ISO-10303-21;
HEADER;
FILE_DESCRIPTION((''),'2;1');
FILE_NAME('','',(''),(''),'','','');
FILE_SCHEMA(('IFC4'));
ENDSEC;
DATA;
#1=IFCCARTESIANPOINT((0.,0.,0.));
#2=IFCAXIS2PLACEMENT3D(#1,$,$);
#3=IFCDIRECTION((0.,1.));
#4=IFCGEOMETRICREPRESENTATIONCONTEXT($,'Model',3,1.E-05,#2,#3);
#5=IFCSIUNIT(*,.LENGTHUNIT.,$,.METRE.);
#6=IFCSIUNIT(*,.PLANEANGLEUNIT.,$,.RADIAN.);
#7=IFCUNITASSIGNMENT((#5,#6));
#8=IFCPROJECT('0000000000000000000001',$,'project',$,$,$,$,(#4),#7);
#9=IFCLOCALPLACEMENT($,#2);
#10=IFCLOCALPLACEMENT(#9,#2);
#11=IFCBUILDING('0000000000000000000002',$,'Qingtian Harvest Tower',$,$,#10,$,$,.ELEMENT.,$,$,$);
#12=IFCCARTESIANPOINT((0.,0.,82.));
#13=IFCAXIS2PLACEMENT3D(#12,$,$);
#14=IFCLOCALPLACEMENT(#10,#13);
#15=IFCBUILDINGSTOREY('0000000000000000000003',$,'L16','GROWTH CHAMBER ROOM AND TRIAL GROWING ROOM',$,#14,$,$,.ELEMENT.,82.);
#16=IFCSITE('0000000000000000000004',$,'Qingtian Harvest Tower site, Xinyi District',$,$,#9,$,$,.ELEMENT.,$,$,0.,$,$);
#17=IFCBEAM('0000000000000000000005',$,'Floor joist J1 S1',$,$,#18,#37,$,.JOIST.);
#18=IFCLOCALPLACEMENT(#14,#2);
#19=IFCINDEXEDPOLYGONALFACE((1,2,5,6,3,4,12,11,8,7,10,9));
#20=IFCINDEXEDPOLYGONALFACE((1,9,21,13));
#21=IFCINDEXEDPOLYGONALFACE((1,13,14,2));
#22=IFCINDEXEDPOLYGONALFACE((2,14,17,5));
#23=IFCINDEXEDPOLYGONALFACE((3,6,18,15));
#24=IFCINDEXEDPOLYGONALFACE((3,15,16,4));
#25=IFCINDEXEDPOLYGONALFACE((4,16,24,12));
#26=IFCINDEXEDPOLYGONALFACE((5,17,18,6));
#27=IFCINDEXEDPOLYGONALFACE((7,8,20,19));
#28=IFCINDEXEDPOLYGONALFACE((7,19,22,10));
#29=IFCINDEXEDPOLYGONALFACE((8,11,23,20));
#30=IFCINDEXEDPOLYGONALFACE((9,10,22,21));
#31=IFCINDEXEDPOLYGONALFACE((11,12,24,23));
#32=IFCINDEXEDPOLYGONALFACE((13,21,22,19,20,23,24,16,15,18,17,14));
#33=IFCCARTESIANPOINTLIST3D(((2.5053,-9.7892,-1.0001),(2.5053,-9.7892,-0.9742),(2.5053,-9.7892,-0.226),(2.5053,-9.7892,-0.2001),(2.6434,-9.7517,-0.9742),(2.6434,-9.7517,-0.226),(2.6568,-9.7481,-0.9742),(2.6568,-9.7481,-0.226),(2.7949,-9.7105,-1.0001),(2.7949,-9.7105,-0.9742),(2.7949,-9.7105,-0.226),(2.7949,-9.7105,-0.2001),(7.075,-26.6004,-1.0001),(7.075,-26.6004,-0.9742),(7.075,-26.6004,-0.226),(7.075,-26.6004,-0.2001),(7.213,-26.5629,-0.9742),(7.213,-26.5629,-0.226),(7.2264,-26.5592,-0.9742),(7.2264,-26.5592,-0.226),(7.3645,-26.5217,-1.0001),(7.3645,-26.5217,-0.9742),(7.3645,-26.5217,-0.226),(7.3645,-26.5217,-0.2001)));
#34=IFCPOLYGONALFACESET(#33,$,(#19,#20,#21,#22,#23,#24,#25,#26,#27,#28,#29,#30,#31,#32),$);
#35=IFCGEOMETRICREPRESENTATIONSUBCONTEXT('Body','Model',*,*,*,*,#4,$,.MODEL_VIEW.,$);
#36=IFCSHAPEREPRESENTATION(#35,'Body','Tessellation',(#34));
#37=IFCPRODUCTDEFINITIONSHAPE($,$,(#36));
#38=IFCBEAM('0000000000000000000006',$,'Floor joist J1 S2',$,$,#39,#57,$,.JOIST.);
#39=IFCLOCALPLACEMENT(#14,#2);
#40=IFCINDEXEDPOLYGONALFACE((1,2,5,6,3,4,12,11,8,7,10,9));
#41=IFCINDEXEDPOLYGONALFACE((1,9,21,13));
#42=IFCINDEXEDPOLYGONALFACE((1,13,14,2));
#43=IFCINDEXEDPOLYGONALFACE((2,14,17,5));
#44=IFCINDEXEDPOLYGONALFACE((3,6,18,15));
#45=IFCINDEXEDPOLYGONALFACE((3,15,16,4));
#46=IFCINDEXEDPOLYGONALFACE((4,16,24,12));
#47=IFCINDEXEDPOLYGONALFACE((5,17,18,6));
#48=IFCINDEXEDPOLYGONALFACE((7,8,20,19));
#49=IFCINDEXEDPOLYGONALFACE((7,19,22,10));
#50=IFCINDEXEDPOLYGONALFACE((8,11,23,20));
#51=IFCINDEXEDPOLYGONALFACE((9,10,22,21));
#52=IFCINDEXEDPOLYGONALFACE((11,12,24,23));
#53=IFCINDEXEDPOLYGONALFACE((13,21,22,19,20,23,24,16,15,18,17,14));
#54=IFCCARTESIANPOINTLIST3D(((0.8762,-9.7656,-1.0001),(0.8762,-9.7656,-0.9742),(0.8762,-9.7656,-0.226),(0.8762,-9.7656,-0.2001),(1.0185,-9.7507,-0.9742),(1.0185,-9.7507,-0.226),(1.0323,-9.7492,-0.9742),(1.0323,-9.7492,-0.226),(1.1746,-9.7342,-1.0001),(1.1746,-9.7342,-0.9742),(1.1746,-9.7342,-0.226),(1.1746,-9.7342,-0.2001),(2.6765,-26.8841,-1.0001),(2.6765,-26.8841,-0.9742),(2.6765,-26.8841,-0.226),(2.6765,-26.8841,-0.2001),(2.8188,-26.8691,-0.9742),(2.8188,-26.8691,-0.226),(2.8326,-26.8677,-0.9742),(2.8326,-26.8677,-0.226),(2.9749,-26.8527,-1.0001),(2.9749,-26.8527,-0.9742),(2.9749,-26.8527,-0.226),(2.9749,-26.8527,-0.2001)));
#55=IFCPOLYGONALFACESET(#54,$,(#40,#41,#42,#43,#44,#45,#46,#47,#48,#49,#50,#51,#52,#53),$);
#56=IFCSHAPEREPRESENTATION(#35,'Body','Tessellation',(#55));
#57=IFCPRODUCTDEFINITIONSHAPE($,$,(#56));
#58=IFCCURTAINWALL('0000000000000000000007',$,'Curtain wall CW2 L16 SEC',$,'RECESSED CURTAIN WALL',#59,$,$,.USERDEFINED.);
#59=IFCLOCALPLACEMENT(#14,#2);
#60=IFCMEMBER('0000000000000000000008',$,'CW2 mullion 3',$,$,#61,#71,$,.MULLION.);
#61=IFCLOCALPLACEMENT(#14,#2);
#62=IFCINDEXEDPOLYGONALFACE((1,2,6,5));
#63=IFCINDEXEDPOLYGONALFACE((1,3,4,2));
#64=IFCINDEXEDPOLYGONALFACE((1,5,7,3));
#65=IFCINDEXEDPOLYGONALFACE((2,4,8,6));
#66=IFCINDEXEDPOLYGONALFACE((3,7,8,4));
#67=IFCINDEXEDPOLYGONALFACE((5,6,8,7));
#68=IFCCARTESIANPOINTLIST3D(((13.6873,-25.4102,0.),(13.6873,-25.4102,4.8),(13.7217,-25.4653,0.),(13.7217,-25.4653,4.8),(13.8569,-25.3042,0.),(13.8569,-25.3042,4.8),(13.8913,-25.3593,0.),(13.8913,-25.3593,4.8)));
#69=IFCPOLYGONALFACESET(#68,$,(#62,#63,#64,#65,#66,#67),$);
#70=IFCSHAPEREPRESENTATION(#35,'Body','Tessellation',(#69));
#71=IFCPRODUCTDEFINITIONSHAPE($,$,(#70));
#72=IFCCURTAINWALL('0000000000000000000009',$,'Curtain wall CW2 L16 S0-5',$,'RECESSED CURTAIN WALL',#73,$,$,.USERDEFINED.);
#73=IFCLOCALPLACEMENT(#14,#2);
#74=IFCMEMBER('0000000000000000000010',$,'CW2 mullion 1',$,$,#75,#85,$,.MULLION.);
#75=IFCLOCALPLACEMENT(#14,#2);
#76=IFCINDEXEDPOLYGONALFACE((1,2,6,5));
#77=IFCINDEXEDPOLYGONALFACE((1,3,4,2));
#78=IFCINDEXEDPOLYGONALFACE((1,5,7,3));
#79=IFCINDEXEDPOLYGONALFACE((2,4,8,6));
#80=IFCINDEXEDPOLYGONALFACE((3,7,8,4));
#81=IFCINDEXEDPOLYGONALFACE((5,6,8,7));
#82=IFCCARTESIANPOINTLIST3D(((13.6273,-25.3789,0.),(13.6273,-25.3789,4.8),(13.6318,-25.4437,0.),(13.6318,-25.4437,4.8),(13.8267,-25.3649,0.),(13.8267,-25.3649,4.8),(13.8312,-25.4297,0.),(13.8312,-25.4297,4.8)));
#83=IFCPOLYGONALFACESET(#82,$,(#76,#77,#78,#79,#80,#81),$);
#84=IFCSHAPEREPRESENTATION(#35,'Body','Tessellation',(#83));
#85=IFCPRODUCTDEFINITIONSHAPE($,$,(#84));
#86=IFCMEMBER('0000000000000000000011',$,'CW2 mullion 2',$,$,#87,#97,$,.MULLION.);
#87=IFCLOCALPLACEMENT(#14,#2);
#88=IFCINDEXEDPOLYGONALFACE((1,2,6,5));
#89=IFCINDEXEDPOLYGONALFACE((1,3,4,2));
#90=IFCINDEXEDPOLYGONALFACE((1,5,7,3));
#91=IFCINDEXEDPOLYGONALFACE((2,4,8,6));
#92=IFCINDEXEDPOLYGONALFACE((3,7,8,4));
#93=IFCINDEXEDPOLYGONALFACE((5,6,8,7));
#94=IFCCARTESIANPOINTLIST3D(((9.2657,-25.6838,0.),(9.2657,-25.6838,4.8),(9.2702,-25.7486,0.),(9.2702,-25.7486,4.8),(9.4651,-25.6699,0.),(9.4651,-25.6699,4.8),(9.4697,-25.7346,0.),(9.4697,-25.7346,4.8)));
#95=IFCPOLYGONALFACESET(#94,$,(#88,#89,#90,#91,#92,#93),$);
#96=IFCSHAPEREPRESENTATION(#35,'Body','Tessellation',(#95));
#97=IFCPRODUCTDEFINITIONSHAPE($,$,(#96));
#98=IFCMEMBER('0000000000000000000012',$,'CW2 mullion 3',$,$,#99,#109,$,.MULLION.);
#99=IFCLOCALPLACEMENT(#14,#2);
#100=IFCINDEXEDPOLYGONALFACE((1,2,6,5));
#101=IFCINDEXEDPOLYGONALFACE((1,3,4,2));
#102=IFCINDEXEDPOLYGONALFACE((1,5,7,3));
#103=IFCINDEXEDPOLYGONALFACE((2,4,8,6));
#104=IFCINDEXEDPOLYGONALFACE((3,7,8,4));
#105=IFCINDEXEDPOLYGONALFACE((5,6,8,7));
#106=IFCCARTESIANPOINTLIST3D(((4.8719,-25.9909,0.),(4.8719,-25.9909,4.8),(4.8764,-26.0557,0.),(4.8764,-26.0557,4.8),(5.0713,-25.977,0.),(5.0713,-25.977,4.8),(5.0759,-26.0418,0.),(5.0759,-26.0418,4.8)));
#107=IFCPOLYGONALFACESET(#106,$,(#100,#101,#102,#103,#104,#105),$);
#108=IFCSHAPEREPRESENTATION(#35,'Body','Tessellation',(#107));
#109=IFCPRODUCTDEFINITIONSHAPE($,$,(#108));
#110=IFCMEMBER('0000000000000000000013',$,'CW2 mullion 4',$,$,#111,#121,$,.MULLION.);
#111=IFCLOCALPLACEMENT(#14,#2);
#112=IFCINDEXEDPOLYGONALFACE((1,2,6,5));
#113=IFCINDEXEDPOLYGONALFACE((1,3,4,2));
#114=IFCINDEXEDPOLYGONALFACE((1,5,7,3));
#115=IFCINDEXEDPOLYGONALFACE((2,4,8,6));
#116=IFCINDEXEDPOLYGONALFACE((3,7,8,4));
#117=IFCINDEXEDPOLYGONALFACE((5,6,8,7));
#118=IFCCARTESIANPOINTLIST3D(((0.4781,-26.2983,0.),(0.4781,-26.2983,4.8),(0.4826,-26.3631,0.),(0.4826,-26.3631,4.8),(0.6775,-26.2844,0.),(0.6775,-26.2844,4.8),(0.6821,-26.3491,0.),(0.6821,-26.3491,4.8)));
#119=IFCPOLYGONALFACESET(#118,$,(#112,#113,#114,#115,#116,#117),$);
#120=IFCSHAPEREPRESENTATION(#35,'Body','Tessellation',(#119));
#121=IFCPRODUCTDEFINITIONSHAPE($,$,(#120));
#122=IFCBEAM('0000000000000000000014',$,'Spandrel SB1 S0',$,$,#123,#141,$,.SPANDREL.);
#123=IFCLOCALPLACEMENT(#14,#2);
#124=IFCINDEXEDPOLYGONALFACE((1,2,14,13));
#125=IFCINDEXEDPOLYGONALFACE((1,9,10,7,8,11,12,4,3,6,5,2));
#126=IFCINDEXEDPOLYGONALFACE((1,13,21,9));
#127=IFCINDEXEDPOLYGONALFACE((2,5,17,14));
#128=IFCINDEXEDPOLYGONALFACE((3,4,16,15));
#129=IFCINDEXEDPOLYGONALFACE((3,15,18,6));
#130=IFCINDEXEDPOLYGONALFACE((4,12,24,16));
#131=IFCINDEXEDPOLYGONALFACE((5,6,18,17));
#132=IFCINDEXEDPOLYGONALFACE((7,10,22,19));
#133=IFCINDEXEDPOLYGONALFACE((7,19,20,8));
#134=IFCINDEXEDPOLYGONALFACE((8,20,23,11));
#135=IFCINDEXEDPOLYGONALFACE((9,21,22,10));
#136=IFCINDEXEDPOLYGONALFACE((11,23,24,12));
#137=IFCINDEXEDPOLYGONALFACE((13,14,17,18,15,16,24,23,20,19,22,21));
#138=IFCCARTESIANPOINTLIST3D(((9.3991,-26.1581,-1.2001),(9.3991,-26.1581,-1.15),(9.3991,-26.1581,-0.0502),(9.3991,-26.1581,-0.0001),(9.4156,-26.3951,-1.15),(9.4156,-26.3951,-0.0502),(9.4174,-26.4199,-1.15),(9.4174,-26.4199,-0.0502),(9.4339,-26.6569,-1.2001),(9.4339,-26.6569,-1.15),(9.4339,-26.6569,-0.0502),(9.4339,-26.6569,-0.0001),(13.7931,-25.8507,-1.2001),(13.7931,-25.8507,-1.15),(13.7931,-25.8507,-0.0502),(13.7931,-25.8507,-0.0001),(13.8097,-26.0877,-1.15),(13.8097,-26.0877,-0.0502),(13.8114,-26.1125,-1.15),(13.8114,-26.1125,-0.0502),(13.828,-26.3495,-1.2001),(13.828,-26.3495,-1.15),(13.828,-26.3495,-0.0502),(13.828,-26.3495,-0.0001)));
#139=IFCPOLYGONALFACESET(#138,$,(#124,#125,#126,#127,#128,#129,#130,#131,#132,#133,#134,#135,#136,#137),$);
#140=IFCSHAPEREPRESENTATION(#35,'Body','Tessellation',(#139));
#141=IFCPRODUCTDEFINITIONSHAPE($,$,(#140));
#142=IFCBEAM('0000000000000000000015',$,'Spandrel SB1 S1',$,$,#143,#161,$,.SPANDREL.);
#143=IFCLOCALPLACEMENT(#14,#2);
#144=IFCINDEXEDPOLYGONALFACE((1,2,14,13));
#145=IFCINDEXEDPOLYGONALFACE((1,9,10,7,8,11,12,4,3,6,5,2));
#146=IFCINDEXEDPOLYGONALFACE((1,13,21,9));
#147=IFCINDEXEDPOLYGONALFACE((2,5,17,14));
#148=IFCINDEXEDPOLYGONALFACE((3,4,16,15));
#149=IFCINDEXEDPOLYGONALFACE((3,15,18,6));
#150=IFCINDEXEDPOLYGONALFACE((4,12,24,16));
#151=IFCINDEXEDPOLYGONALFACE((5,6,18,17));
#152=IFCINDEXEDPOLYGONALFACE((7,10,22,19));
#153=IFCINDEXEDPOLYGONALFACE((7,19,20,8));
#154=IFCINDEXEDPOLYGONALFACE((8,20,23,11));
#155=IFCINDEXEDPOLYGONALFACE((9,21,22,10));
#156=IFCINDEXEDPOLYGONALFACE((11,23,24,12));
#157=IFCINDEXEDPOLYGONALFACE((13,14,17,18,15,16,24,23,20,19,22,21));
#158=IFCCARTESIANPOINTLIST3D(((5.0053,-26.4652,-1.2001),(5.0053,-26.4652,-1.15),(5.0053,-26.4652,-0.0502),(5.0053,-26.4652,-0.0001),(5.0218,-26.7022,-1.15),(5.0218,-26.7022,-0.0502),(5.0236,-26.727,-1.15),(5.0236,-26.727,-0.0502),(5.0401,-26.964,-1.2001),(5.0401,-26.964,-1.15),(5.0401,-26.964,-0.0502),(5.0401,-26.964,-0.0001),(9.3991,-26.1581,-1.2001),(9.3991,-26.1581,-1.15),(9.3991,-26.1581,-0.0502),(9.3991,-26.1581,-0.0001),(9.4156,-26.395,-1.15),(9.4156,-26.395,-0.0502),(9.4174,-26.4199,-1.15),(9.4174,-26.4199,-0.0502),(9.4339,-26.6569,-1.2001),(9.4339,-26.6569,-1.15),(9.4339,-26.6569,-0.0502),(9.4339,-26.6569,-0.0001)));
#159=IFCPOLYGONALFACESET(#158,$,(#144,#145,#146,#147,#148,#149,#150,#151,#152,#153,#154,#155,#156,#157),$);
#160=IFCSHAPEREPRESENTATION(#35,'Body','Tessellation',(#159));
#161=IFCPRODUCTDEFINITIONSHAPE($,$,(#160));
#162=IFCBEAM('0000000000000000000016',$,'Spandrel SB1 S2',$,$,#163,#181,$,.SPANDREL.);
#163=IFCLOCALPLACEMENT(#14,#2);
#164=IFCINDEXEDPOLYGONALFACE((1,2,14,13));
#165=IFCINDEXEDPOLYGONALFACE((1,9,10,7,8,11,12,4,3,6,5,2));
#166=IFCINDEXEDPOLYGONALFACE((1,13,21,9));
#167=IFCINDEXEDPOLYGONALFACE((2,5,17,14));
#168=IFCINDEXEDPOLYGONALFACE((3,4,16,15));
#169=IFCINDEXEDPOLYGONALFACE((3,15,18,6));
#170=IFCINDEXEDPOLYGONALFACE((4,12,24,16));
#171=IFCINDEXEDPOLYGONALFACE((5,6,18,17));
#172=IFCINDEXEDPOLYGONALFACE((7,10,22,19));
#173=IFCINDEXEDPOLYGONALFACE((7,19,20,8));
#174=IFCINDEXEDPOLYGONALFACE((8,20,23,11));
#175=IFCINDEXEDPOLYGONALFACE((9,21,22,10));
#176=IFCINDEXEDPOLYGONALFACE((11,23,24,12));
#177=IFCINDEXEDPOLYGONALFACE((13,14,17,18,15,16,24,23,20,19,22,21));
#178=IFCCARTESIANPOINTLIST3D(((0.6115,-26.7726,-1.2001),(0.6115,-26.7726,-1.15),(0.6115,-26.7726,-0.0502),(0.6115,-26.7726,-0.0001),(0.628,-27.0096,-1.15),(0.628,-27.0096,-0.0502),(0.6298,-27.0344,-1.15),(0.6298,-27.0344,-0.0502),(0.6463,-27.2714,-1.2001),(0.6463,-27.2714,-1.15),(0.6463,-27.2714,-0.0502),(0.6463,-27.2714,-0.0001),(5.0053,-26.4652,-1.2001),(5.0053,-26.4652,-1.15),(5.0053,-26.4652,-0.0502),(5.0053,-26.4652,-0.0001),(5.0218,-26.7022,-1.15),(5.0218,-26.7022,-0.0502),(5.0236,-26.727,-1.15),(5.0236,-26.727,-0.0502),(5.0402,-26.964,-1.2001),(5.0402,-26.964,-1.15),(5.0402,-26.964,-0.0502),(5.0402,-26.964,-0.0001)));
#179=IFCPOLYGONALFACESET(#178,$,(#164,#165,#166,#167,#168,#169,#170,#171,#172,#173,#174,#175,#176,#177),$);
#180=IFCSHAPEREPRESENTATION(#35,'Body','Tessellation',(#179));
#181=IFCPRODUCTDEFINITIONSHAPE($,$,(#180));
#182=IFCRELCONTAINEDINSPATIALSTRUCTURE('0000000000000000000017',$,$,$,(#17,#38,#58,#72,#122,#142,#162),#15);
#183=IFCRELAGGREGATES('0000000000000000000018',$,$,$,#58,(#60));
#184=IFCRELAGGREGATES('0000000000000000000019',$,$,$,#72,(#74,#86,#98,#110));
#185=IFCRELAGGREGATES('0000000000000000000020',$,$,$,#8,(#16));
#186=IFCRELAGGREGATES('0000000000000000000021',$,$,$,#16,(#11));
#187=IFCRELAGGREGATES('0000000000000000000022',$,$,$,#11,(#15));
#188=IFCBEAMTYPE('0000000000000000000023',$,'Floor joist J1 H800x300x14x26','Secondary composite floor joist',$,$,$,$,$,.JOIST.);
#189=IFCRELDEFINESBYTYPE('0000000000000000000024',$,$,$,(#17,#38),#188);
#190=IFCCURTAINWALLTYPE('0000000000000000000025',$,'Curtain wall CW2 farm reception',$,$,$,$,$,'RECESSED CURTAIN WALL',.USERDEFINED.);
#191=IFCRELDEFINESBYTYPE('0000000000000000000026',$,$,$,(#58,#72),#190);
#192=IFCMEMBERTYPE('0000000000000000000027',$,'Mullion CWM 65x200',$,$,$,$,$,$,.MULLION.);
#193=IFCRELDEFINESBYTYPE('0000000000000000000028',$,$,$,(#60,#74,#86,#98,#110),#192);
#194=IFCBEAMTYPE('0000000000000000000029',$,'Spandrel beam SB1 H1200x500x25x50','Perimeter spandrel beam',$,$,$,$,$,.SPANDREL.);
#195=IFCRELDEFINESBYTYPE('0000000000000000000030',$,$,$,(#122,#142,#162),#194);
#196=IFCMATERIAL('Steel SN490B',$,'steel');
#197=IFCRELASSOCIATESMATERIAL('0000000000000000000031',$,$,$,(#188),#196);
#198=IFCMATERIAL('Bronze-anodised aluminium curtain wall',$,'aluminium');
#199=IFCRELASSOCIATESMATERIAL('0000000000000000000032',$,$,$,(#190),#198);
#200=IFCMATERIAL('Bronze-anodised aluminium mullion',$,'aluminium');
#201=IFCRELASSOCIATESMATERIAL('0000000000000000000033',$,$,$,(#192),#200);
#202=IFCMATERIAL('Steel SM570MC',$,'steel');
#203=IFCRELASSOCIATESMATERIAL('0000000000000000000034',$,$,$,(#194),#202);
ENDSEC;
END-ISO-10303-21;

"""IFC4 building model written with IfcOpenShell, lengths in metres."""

from ifc_helpers import new_model, si_unit, direction, frame, origin, origin_2d, place, context, subcontext, project, spatial, rectangle, i_section, extrude, material, material_profile, profile_set, type_object, element, aggregate, save


model = new_model("IFC4")

# Units and contexts
model_context = context("Model", 3, precision=1e-05, world=origin(), true_north=direction((0.0, 1.0)))
body_context = subcontext(model_context, "Body", "Model", "MODEL_VIEW")
ifc_project = project(units=[si_unit("LENGTHUNIT", "METRE"), si_unit("PLANEANGLEUNIT", "RADIAN")], contexts=[model_context])

# Site, building, storey
site_placement = place(None, origin())
site = spatial("IfcSite", under=ifc_project, at=site_placement, Name="Qingtian Harvest Tower site, Xinyi District", CompositionType="ELEMENT", RefElevation=0.0)
building_placement = place(site_placement, origin())
building = spatial("IfcBuilding", under=site, at=building_placement, Name="Qingtian Harvest Tower", CompositionType="ELEMENT")
storey_placement = place(building_placement, frame((0.0, 0.0, 82.0)))
storey = spatial("IfcBuildingStorey", under=building, at=storey_placement, Name="L16", Description="GROWTH CHAMBER ROOM AND TRIAL GROWING ROOM", CompositionType="ELEMENT", Elevation=82.0)

# Beams
ifc_material_1 = material(Name="Steel SN490B", Category="steel")
ifc_material_profile_1 = material_profile(ifc_material_1, i_section(OverallWidth=0.3, OverallDepth=0.8, WebThickness=0.0139, FlangeThickness=0.0259, at=origin_2d()), Name="H800x300x14x26")
ifc_profile_set_1 = profile_set([ifc_material_profile_1], Name="Steel SN490B")
beam_type_1 = type_object("IfcBeamType", Name="Floor joist J1 H800x300x14x26", Description="Secondary composite floor joist", PredefinedType="JOIST", material=ifc_profile_set_1)
beam_1_placement = place(storey_placement, frame((7.2197, -26.561, -0.6001), z_axis=(-0.262303, 0.964986, 0.0), x_axis=(-0.964986, -0.262303, 0.0)))
element("IfcBeam", 1, at=beam_1_placement, inside=storey, type_object=beam_type_1, Name="Floor joist J1 S1", PredefinedType="JOIST", context=body_context, shape_type="SweptSolid", body=[
    extrude(i_section(OverallWidth=0.3, OverallDepth=0.8, WebThickness=0.0139, FlangeThickness=0.0259, at=origin_2d()), origin(), (0.0, 0.0, 1.0), 17.4211),
])
beam_2_placement = place(storey_placement, frame((2.8257, -26.8684, -0.6001), z_axis=(-0.10459, 0.994515, 0.0), x_axis=(-0.994515, -0.10459, 0.0)))
element("IfcBeam", 2, at=beam_2_placement, inside=storey, type_object=beam_type_1, Name="Floor joist J1 S2", PredefinedType="JOIST", context=body_context, shape_type="SweptSolid", body=[
    extrude(i_section(OverallWidth=0.3, OverallDepth=0.8, WebThickness=0.0139, FlangeThickness=0.0259, at=origin_2d()), origin(), (0.0, 0.0, 1.0), 17.2129),
])

# Curtain wall, member
ifc_material_2 = material(Name="Bronze-anodised aluminium curtain wall", Category="aluminium")
curtain_wall_type = type_object("IfcCurtainWallType", Name="Curtain wall CW2 farm reception", ElementType="RECESSED CURTAIN WALL", PredefinedType="USERDEFINED", material=ifc_material_2)
curtain_wall_1_placement = place(storey_placement, origin())
curtain_wall_1 = element("IfcCurtainWall", 3, at=curtain_wall_1_placement, inside=storey, type_object=curtain_wall_type, Name="Curtain wall CW2 L16 SEC", ObjectType="RECESSED CURTAIN WALL", PredefinedType="USERDEFINED")
ifc_material_3 = material(Name="Bronze-anodised aluminium mullion", Category="aluminium")
ifc_material_profile_2 = material_profile(ifc_material_3, rectangle(XDim=0.0649, YDim=0.2, at=origin_2d()), Name="AL 65x200")
ifc_profile_set_2 = profile_set([ifc_material_profile_2], Name="Bronze-anodised aluminium mullion")
member_type_1 = type_object("IfcMemberType", Name="Mullion CWM 65x200", PredefinedType="MULLION", material=ifc_profile_set_2)
member_1_placement = place(storey_placement, frame((13.7893, -25.3848, 0.0), z_axis=(0.0, 0.0, 1.0), x_axis=(0.529919, -0.848048, 0.0)))
member_1 = element("IfcMember", 4, at=member_1_placement, type_object=member_type_1, Name="CW2 mullion 3", PredefinedType="MULLION", context=body_context, shape_type="SweptSolid", body=[
    extrude(rectangle(XDim=0.0649, YDim=0.2, at=origin_2d()), origin(), (0.0, 0.0, 1.0), 4.8),
])
aggregate(curtain_wall_1, [member_1])

# Curtain wall, members
curtain_wall_2_placement = place(storey_placement, origin())
curtain_wall_2 = element("IfcCurtainWall", 5, at=curtain_wall_2_placement, inside=storey, type_object=curtain_wall_type, Name="Curtain wall CW2 L16 S0-5", ObjectType="RECESSED CURTAIN WALL", PredefinedType="USERDEFINED")
member_2_placement = place(storey_placement, frame((13.7292, -25.4043, 0.0), z_axis=(0.0, 0.0, 1.0), x_axis=(0.069756, -0.997564, 0.0)))
member_2 = element("IfcMember", 6, at=member_2_placement, type_object=member_type_1, Name="CW2 mullion 1", PredefinedType="MULLION", context=body_context, shape_type="SweptSolid", body=[
    extrude(rectangle(XDim=0.0649, YDim=0.2, at=origin_2d()), origin(), (0.0, 0.0, 1.0), 4.8),
])
member_3_placement = place(storey_placement, frame((9.3677, -25.7092, 0.0), z_axis=(0.0, 0.0, 1.0), x_axis=(0.069756, -0.997564, 0.0)))
member_3 = element("IfcMember", 7, at=member_3_placement, type_object=member_type_1, Name="CW2 mullion 2", PredefinedType="MULLION", context=body_context, shape_type="SweptSolid", body=[
    extrude(rectangle(XDim=0.0649, YDim=0.2, at=origin_2d()), origin(), (0.0, 0.0, 1.0), 4.8),
])
member_4_placement = place(storey_placement, frame((4.9739, -26.0164, 0.0), z_axis=(0.0, 0.0, 1.0), x_axis=(0.069756, -0.997564, 0.0)))
member_4 = element("IfcMember", 8, at=member_4_placement, type_object=member_type_1, Name="CW2 mullion 3", PredefinedType="MULLION", context=body_context, shape_type="SweptSolid", body=[
    extrude(rectangle(XDim=0.0649, YDim=0.2, at=origin_2d()), origin(), (0.0, 0.0, 1.0), 4.8),
])
member_5_placement = place(storey_placement, frame((0.5801, -26.3237, 0.0), z_axis=(0.0, 0.0, 1.0), x_axis=(0.069756, -0.997564, 0.0)))
member_5 = element("IfcMember", 9, at=member_5_placement, type_object=member_type_1, Name="CW2 mullion 4", PredefinedType="MULLION", context=body_context, shape_type="SweptSolid", body=[
    extrude(rectangle(XDim=0.0649, YDim=0.2, at=origin_2d()), origin(), (0.0, 0.0, 1.0), 4.8),
])

# Beams
ifc_material_4 = material(Name="Steel SM570MC", Category="steel")
ifc_material_profile_3 = material_profile(ifc_material_4, i_section(OverallWidth=0.5, OverallDepth=1.2, WebThickness=0.0249, FlangeThickness=0.05, at=origin_2d()), Name="H1200x500x25x50")
ifc_profile_set_3 = profile_set([ifc_material_profile_3], Name="Steel SM570MC")
beam_type_2 = type_object("IfcBeamType", Name="Spandrel beam SB1 H1200x500x25x50", Description="Perimeter spandrel beam", PredefinedType="SPANDREL", material=ifc_profile_set_3)
beam_3_placement = place(storey_placement, frame((13.8105, -26.1001, -0.6001), z_axis=(-0.997562, -0.069782, 0.0), x_axis=(0.069782, -0.997562, 0.0)))
element("IfcBeam", 10, at=beam_3_placement, inside=storey, type_object=beam_type_2, Name="Spandrel SB1 S0", PredefinedType="SPANDREL", context=body_context, shape_type="SweptSolid", body=[
    extrude(i_section(OverallWidth=0.5, OverallDepth=1.2, WebThickness=0.0249, FlangeThickness=0.05, at=origin_2d()), origin(), (0.0, 0.0, 1.0), 4.4048),
])
for number, where, z_axis, x_axis, name in (
    (11, (9.4165, -26.4075, -0.6001), (-0.997566, -0.06973, 0.0), (0.06973, -0.997566, 0.0), "Spandrel SB1 S1"),
    (12, (5.0227, -26.7146, -0.6001), (-0.997562, -0.069786, 0.0), (0.069786, -0.997562, 0.0), "Spandrel SB1 S2"),
):
    element("IfcBeam", number, at=place(storey_placement, frame(where, z_axis=z_axis, x_axis=x_axis)), inside=storey, type_object=beam_type_2, Name=name, PredefinedType="SPANDREL", context=body_context, shape_type="SweptSolid", body=[
        extrude(i_section(OverallWidth=0.5, OverallDepth=1.2, WebThickness=0.0249, FlangeThickness=0.05, at=origin_2d()), origin(), (0.0, 0.0, 1.0), 4.4045),
    ])

aggregate(curtain_wall_2, [member_2, member_3, member_4, member_5])

save(model, "model.ifc")
